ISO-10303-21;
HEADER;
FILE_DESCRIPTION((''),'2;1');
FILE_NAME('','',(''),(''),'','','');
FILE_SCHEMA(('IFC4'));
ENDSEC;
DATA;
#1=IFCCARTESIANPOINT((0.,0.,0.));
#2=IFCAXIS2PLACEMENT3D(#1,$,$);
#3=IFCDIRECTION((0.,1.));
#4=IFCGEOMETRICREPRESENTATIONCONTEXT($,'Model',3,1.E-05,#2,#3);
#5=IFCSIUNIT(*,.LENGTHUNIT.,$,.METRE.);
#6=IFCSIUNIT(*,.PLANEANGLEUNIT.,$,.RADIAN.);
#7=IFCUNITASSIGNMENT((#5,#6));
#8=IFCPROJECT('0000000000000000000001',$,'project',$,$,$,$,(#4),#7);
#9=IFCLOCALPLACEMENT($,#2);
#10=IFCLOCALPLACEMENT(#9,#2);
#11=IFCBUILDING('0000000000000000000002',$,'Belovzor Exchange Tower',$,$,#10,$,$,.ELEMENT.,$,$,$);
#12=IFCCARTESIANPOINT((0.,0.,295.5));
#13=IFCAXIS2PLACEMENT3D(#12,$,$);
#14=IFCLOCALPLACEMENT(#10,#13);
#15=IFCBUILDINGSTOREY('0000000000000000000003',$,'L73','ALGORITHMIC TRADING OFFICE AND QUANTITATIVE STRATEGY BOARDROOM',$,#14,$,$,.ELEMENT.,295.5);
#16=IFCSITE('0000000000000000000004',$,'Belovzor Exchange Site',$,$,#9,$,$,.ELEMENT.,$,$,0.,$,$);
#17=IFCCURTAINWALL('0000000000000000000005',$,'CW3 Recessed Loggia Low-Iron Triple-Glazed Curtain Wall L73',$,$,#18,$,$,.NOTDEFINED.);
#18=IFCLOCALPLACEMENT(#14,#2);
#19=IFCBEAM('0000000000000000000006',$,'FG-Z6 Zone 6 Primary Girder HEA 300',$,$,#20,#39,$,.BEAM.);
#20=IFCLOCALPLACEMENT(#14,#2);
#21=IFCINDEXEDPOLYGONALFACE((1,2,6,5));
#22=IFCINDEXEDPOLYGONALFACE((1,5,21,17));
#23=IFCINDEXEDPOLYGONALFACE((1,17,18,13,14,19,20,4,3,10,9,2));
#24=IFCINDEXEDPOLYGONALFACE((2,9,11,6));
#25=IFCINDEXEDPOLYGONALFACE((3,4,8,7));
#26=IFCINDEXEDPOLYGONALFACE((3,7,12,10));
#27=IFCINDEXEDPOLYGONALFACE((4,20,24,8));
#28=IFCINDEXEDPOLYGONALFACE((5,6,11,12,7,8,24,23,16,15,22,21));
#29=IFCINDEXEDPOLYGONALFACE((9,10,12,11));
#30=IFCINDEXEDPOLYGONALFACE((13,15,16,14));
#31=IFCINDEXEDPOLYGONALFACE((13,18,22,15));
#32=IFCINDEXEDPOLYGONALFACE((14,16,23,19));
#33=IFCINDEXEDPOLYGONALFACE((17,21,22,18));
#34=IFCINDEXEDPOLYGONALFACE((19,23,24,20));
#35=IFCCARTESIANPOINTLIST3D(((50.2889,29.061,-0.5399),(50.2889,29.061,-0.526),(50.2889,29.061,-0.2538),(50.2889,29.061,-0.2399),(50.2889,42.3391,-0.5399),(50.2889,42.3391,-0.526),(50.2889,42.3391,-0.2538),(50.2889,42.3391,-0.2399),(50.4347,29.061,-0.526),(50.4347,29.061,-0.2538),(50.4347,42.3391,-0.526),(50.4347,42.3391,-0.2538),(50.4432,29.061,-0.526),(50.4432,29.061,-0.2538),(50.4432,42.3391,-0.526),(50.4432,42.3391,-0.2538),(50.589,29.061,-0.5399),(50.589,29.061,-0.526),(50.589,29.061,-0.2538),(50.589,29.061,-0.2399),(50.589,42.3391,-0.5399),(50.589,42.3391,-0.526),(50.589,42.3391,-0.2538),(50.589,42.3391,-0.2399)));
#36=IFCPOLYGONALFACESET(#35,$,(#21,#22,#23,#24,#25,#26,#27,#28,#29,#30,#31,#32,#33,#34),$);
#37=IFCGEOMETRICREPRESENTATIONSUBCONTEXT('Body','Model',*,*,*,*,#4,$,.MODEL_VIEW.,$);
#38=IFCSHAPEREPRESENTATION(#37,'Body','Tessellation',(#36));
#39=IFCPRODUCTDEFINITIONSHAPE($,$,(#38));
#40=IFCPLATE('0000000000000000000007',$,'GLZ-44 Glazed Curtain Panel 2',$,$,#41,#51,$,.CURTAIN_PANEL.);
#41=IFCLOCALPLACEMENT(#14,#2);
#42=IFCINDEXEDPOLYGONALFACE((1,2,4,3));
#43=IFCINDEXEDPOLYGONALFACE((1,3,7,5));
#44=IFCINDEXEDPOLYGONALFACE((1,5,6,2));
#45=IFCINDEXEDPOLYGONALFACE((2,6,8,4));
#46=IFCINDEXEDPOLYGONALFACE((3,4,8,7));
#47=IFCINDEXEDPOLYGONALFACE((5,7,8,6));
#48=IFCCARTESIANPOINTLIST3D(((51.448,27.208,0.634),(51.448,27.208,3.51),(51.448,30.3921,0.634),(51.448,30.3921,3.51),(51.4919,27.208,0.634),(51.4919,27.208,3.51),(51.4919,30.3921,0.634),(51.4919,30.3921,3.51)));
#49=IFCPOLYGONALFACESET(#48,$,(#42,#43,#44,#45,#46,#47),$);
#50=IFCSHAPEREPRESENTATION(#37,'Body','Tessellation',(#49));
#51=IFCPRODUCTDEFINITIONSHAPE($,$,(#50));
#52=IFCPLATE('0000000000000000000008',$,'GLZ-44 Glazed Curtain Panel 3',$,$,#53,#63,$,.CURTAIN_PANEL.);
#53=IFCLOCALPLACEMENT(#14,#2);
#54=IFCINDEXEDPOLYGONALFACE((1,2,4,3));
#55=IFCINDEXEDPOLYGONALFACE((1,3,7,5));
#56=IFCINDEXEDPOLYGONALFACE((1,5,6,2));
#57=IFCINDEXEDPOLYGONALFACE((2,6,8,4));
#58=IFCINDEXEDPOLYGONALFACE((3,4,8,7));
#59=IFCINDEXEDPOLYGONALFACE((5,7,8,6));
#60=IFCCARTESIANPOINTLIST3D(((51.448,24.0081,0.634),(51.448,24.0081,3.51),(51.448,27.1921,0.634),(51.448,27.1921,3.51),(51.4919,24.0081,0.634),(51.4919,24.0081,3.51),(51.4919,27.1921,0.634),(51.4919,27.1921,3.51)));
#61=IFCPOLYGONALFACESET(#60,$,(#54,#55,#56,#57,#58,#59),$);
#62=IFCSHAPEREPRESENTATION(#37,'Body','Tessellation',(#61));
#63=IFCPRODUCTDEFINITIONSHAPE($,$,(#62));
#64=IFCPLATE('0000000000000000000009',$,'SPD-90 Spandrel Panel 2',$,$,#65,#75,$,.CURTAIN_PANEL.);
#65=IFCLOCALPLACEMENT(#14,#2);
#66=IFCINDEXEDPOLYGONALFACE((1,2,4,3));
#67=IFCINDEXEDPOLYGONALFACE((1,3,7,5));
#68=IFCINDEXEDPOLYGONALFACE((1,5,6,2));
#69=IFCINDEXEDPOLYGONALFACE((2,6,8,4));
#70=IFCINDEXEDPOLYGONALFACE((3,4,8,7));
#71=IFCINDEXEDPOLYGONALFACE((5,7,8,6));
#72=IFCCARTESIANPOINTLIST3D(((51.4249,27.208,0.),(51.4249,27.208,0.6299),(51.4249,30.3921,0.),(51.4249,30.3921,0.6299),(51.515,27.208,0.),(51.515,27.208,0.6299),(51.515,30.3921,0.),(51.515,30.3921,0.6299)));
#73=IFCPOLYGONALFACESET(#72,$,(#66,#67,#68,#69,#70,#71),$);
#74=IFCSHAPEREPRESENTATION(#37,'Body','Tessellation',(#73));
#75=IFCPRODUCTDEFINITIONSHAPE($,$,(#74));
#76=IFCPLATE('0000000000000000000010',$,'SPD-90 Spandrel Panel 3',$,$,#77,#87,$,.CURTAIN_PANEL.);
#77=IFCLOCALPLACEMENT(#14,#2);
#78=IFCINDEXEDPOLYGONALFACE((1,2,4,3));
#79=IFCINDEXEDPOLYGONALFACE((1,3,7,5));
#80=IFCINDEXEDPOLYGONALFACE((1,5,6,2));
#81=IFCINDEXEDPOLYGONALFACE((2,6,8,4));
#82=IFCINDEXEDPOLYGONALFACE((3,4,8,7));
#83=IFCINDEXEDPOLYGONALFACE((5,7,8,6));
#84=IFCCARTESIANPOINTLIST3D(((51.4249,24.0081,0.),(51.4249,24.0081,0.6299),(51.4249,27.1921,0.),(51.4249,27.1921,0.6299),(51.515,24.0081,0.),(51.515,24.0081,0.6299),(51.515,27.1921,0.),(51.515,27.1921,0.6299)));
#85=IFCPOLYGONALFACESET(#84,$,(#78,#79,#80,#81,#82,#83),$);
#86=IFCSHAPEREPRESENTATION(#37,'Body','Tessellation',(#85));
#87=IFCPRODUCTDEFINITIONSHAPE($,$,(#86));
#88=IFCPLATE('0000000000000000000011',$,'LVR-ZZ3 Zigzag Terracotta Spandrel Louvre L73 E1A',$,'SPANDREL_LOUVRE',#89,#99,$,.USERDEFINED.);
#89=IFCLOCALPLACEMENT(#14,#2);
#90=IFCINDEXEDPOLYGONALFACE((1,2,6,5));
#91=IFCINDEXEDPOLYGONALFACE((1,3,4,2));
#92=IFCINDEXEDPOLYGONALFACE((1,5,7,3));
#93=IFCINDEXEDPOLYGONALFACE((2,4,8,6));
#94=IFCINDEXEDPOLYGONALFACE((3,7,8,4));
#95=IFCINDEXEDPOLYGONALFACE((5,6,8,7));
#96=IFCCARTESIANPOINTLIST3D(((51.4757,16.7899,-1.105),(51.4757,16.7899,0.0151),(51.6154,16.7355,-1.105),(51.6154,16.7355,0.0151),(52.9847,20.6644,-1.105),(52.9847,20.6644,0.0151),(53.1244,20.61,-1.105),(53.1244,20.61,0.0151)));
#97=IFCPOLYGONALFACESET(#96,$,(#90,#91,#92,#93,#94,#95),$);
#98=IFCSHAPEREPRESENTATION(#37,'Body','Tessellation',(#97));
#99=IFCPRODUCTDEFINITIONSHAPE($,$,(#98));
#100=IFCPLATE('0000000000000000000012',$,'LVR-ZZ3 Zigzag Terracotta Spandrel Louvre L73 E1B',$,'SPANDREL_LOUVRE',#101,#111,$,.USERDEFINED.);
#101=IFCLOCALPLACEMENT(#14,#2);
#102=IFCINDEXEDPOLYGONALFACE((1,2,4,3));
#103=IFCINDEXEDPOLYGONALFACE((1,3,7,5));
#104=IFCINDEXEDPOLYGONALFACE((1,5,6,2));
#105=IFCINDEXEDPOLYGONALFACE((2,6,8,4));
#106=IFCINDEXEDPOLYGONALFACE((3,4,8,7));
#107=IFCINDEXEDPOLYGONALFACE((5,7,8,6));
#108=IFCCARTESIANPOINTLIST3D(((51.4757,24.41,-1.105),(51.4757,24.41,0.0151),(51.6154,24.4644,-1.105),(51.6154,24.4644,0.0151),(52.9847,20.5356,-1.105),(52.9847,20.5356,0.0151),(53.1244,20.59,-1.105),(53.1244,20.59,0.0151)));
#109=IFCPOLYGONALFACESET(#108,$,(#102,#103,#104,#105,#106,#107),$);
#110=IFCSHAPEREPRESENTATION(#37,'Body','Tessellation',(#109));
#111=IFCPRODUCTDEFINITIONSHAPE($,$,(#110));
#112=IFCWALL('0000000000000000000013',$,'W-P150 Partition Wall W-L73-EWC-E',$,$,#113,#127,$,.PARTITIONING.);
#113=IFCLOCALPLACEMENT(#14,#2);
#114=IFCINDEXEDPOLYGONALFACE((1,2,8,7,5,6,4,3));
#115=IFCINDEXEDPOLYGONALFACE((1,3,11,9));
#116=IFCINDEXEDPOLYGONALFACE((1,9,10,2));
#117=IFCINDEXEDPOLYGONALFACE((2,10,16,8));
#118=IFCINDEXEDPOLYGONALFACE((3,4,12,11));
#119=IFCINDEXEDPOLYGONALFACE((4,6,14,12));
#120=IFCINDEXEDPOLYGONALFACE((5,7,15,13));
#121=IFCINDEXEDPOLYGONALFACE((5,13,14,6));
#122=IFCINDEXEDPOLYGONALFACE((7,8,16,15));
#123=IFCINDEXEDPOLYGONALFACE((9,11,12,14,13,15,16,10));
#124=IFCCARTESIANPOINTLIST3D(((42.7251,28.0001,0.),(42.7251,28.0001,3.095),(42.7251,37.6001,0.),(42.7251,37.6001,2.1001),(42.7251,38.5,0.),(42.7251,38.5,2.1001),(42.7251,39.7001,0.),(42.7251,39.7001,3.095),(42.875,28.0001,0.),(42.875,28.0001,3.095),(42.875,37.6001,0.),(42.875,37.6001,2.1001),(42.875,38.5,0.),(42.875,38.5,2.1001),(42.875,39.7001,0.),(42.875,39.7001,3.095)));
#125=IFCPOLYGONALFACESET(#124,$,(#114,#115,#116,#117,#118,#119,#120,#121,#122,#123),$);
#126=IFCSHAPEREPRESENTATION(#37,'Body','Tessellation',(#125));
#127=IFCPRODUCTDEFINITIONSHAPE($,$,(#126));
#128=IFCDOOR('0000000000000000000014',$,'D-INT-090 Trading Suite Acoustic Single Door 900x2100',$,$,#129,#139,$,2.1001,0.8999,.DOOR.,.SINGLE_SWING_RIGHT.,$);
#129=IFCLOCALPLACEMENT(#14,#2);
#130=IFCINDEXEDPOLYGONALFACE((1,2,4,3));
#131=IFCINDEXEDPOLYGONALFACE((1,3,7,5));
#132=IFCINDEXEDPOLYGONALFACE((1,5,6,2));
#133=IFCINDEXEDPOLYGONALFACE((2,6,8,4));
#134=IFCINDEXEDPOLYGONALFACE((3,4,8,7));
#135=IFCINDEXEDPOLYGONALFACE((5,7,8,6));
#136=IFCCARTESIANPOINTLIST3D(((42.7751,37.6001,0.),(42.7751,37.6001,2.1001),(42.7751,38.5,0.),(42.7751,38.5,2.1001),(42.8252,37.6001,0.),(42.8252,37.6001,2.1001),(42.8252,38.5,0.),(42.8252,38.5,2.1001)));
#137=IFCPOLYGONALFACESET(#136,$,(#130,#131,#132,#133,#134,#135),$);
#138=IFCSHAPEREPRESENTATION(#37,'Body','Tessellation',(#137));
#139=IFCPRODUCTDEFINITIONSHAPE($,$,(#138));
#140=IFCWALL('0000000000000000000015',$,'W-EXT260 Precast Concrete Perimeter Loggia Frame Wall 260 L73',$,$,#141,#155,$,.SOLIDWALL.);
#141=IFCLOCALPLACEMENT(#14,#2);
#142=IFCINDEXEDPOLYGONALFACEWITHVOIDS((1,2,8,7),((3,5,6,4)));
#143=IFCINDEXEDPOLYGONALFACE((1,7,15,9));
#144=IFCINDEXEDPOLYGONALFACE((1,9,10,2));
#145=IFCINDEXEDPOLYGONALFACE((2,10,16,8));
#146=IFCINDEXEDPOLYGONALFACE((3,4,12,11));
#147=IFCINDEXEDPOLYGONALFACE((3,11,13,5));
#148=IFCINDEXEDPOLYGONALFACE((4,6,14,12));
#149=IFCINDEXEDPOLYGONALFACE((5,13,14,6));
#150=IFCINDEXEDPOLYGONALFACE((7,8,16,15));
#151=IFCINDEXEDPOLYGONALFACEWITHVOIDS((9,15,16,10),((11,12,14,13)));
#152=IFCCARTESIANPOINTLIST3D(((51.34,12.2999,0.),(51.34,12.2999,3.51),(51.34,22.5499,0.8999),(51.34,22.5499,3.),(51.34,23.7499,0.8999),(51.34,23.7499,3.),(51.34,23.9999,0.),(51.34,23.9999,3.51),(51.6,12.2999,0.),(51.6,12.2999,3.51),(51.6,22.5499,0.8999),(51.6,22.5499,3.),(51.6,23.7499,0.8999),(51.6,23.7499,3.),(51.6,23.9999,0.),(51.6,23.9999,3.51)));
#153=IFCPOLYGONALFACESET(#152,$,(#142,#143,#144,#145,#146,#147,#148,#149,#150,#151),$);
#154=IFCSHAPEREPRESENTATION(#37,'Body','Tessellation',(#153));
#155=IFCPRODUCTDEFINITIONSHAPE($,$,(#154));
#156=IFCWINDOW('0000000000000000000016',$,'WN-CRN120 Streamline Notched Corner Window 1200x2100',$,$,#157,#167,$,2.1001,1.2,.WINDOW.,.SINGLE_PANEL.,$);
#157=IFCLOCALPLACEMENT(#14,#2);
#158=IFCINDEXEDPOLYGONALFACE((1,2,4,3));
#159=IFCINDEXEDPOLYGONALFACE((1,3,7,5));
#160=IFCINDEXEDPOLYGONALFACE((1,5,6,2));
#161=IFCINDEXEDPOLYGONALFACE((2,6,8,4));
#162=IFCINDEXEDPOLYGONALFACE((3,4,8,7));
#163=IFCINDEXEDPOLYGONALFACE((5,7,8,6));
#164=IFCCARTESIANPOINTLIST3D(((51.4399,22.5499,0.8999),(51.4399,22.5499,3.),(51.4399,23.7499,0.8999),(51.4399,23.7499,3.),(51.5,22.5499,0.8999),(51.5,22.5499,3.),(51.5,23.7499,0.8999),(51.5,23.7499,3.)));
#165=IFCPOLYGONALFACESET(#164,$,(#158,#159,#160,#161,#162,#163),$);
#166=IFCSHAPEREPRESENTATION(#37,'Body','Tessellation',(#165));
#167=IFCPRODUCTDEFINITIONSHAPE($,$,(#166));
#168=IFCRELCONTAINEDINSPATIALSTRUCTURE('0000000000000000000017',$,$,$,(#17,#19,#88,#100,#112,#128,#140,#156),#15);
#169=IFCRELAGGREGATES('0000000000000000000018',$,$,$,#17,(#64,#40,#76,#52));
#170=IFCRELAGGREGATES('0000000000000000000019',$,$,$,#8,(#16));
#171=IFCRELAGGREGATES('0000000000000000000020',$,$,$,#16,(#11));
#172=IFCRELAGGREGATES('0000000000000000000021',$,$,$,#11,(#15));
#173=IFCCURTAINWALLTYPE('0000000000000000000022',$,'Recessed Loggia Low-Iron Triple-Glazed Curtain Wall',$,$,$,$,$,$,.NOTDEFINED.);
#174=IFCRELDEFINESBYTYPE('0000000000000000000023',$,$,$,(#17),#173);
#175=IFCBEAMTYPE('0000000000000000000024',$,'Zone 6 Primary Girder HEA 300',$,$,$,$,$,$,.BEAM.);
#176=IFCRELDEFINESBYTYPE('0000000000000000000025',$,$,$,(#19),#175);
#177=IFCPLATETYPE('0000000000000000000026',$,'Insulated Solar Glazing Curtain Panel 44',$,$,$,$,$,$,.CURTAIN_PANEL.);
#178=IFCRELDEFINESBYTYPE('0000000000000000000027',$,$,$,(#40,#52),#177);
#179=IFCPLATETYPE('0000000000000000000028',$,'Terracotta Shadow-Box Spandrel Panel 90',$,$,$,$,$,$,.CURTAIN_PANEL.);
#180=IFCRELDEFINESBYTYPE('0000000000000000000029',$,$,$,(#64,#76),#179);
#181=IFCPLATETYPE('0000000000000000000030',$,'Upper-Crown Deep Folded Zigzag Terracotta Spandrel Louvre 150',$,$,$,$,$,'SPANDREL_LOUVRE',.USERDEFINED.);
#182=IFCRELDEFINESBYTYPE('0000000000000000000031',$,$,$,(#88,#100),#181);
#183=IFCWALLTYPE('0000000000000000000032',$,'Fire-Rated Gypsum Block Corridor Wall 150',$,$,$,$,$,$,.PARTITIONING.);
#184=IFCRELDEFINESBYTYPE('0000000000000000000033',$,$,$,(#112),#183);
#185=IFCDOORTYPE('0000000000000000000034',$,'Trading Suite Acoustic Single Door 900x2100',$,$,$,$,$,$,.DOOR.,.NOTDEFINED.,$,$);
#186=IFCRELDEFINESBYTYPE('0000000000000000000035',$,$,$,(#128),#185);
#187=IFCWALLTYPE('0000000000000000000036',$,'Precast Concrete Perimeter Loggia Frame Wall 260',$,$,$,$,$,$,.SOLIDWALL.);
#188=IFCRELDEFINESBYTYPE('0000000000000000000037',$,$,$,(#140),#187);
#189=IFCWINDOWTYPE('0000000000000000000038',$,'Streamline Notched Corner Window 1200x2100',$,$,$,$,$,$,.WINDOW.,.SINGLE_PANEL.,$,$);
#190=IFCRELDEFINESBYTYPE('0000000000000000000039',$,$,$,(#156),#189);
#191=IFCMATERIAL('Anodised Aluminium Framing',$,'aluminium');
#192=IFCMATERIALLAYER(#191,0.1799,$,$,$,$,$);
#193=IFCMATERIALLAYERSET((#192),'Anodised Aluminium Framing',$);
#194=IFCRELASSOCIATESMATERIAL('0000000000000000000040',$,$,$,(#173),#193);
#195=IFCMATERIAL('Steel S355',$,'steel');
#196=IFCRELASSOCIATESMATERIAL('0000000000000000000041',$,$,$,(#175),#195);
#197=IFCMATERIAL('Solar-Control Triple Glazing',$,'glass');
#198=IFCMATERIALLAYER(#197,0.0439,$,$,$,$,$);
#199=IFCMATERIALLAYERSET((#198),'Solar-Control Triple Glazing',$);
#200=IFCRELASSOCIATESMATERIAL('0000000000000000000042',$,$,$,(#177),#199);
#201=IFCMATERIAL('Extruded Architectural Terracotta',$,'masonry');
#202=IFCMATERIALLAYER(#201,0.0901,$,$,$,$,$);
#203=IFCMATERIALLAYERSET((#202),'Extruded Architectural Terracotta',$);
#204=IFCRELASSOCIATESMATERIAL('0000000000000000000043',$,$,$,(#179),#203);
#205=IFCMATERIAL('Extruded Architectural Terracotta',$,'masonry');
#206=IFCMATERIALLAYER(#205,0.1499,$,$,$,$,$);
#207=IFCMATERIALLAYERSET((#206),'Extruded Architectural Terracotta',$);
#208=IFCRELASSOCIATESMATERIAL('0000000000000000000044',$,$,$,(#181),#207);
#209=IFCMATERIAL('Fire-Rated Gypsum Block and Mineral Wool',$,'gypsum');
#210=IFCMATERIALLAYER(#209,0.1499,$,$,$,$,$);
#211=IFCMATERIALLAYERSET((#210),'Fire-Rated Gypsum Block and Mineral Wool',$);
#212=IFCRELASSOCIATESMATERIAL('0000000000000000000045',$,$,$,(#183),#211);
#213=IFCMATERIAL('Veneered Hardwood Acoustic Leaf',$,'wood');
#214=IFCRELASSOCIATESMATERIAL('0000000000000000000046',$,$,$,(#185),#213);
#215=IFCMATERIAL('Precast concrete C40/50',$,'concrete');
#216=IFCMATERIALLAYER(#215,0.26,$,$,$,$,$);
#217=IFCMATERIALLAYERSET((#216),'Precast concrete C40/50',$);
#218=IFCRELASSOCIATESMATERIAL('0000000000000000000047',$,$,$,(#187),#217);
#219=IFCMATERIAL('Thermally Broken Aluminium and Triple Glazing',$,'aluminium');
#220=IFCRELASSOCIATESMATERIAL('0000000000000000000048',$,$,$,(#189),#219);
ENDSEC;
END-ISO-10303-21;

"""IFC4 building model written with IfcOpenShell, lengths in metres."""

from ifc_helpers import new_model, si_unit, direction, frame, frame_2d, origin, origin_2d, place, context, subcontext, project, spatial, rectangle, i_section, extrude, material, layer, layer_set, material_profile, profile_set, type_object, element, fill, aggregate, save


model = new_model("IFC4")

# Units and contexts
model_context = context("Model", 3, precision=1e-05, world=origin(), true_north=direction((0.0, 1.0)))
body_context = subcontext(model_context, "Body", "Model", "MODEL_VIEW")
ifc_project = project(units=[si_unit("LENGTHUNIT", "METRE"), si_unit("PLANEANGLEUNIT", "RADIAN")], contexts=[model_context])

# Site, building, storey
site_placement = place(None, origin())
site = spatial("IfcSite", under=ifc_project, at=site_placement, Name="Belovzor Exchange Site", CompositionType="ELEMENT", RefElevation=0.0)
building_placement = place(site_placement, origin())
building = spatial("IfcBuilding", under=site, at=building_placement, Name="Belovzor Exchange Tower", CompositionType="ELEMENT")
storey_placement = place(building_placement, frame((0.0, 0.0, 295.5)))
storey = spatial("IfcBuildingStorey", under=building, at=storey_placement, Name="L73", Description="ALGORITHMIC TRADING OFFICE AND QUANTITATIVE STRATEGY BOARDROOM", CompositionType="ELEMENT", Elevation=295.5)

# Curtain wall
ifc_material_1 = material(Name="Anodised Aluminium Framing", Category="aluminium")
ifc_layer_1 = layer(ifc_material_1, 0.1799)
ifc_layer_set_1 = layer_set([ifc_layer_1], Name="Anodised Aluminium Framing")
curtain_wall_type = type_object("IfcCurtainWallType", Name="Recessed Loggia Low-Iron Triple-Glazed Curtain Wall", PredefinedType="NOTDEFINED", material=ifc_layer_set_1)
curtain_wall_placement = place(storey_placement, origin())
curtain_wall = element("IfcCurtainWall", 1, at=curtain_wall_placement, inside=storey, type_object=curtain_wall_type, Name="CW3 Recessed Loggia Low-Iron Triple-Glazed Curtain Wall L73", PredefinedType="NOTDEFINED")

# Beam
ifc_material_2 = material(Name="Steel S355", Category="steel")
ifc_material_profile_1 = material_profile(ifc_material_2, i_section(OverallWidth=0.3, OverallDepth=0.3, WebThickness=0.0085, FlangeThickness=0.0139, at=origin_2d()))
ifc_profile_set_1 = profile_set([ifc_material_profile_1], Name="Steel S355")
beam_type_1 = type_object("IfcBeamType", Name="Zone 6 Primary Girder HEA 300", PredefinedType="BEAM", material=ifc_profile_set_1)
for number, where, z_axis, x_axis, name in (
    (2, (50.439, 29.061, -0.3899), (0.0, 1.0, 0.0), (-1.0, 0.0, 0.0), "FG-Z6 Zone 6 Primary Girder HEA 300"),
):
    element("IfcBeam", number, at=place(storey_placement, frame(where, z_axis=z_axis, x_axis=x_axis)), inside=storey, type_object=beam_type_1, Name=name, PredefinedType="BEAM", context=body_context, shape_type="SweptSolid", body=[
        extrude(i_section(OverallWidth=0.3, OverallDepth=0.3, WebThickness=0.0085, FlangeThickness=0.0139, at=origin_2d()), origin(), (0.0, 0.0, 1.0), 13.2781),
    ])

# Plates
ifc_material_3 = material(Name="Solar-Control Triple Glazing", Category="glass")
ifc_layer_2 = layer(ifc_material_3, 0.0439)
ifc_layer_set_2 = layer_set([ifc_layer_2], Name="Solar-Control Triple Glazing")
plate_type_1 = type_object("IfcPlateType", Name="Insulated Solar Glazing Curtain Panel 44", PredefinedType="CURTAIN_PANEL", material=ifc_layer_set_2)
plate_1_placement = place(storey_placement, frame((51.47, 28.8, 0.634), z_axis=(0.0, 0.0, 1.0), x_axis=(0.0, -1.0, 0.0)))
plate_1 = element("IfcPlate", 3, at=plate_1_placement, type_object=plate_type_1, Name="GLZ-44 Glazed Curtain Panel 2", PredefinedType="CURTAIN_PANEL", context=body_context, shape_type="SweptSolid", body=[
    extrude(rectangle(XDim=3.1841, YDim=0.0439, at=origin_2d()), origin(), (0.0, 0.0, 1.0), 2.876),
])
plate_2_placement = place(storey_placement, frame((51.47, 25.6001, 0.634), z_axis=(0.0, 0.0, 1.0), x_axis=(0.0, -1.0, 0.0)))
plate_2 = element("IfcPlate", 4, at=plate_2_placement, type_object=plate_type_1, Name="GLZ-44 Glazed Curtain Panel 3", PredefinedType="CURTAIN_PANEL", context=body_context, shape_type="SweptSolid", body=[
    extrude(rectangle(XDim=3.1841, YDim=0.0439, at=origin_2d()), origin(), (0.0, 0.0, 1.0), 2.876),
])
ifc_material_4 = material(Name="Extruded Architectural Terracotta", Category="masonry")
ifc_layer_3 = layer(ifc_material_4, 0.0901)
ifc_layer_set_3 = layer_set([ifc_layer_3], Name="Extruded Architectural Terracotta")
plate_type_2 = type_object("IfcPlateType", Name="Terracotta Shadow-Box Spandrel Panel 90", PredefinedType="CURTAIN_PANEL", material=ifc_layer_set_3)
plate_3_placement = place(storey_placement, frame((51.47, 28.8, 0.0), z_axis=(0.0, 0.0, 1.0), x_axis=(0.0, -1.0, 0.0)))
plate_3 = element("IfcPlate", 5, at=plate_3_placement, type_object=plate_type_2, Name="SPD-90 Spandrel Panel 2", PredefinedType="CURTAIN_PANEL", context=body_context, shape_type="SweptSolid", body=[
    extrude(rectangle(XDim=3.1841, YDim=0.0901, at=origin_2d()), origin(), (0.0, 0.0, 1.0), 0.6299),
])
plate_4_placement = place(storey_placement, frame((51.47, 25.6001, 0.0), z_axis=(0.0, 0.0, 1.0), x_axis=(0.0, -1.0, 0.0)))
plate_4 = element("IfcPlate", 6, at=plate_4_placement, type_object=plate_type_2, Name="SPD-90 Spandrel Panel 3", PredefinedType="CURTAIN_PANEL", context=body_context, shape_type="SweptSolid", body=[
    extrude(rectangle(XDim=3.1841, YDim=0.0901, at=origin_2d()), origin(), (0.0, 0.0, 1.0), 0.6299),
])
aggregate(curtain_wall, [plate_3, plate_1, plate_4, plate_2])

# Plates
ifc_material_5 = material(Name="Extruded Architectural Terracotta", Category="masonry")
ifc_layer_4 = layer(ifc_material_5, 0.1499)
ifc_layer_set_4 = layer_set([ifc_layer_4], Name="Extruded Architectural Terracotta")
plate_type_3 = type_object("IfcPlateType", Name="Upper-Crown Deep Folded Zigzag Terracotta Spandrel Louvre 150", ElementType="SPANDREL_LOUVRE", PredefinedType="USERDEFINED", material=ifc_layer_set_4)
for number, where, z_axis, x_axis, name in (
    (7, (52.3, 18.7, -1.105), (0.0, 0.0, 1.0), (0.362926, 0.931818, 0.0), "LVR-ZZ3 Zigzag Terracotta Spandrel Louvre L73 E1A"),
    (8, (52.3, 22.5, -1.105), (0.0, 0.0, 1.0), (-0.362926, 0.931818, 0.0), "LVR-ZZ3 Zigzag Terracotta Spandrel Louvre L73 E1B"),
):
    element("IfcPlate", number, at=place(storey_placement, frame(where, z_axis=z_axis, x_axis=x_axis)), inside=storey, type_object=plate_type_3, Name=name, ObjectType="SPANDREL_LOUVRE", PredefinedType="USERDEFINED", context=body_context, shape_type="SweptSolid", body=[
        extrude(rectangle(XDim=4.158, YDim=0.1499, at=origin_2d()), origin(), (0.0, 0.0, 1.0), 1.1201),
    ])

# Wall, opening, door
ifc_material_6 = material(Name="Fire-Rated Gypsum Block and Mineral Wool", Category="gypsum")
ifc_layer_5 = layer(ifc_material_6, 0.1499)
ifc_layer_set_5 = layer_set([ifc_layer_5], Name="Fire-Rated Gypsum Block and Mineral Wool")
wall_type_1 = type_object("IfcWallType", Name="Fire-Rated Gypsum Block Corridor Wall 150", PredefinedType="PARTITIONING", material=ifc_layer_set_5)
wall_1_placement = place(storey_placement, frame((42.8, 28.0, 0.0), z_axis=(0.0, 0.0, 1.0), x_axis=(0.0, 1.0, 0.0)))
wall_1 = element("IfcWall", 9, at=wall_1_placement, inside=storey, type_object=wall_type_1, Name="W-P150 Partition Wall W-L73-EWC-E", PredefinedType="PARTITIONING", context=body_context, shape_type="SweptSolid", body=[
    extrude(rectangle(XDim=11.7, YDim=0.1499, at=frame_2d((5.8501, 0.0))), origin(), (0.0, 0.0, 1.0), 3.095),
])
opening_1_placement = place(wall_1_placement, frame((9.6001, 0.0, 0.0)))
opening_1 = element("IfcOpeningElement", 10, at=opening_1_placement, cuts=wall_1, PredefinedType="OPENING", context=body_context, shape_type="SweptSolid", body=[
    extrude(rectangle(XDim=0.8999, YDim=2.1001, at=frame_2d((0.45, 1.05))), frame((0.0, 0.085, 0.0), z_axis=(0.0, -1.0, 0.0), x_axis=(1.0, 0.0, 0.0)), (0.0, 0.0, 1.0), 0.1699),
])
ifc_material_7 = material(Name="Veneered Hardwood Acoustic Leaf", Category="wood")
door_type = type_object("IfcDoorType", Name="Trading Suite Acoustic Single Door 900x2100", OperationType="NOTDEFINED", PredefinedType="DOOR", material=ifc_material_7)
door_placement = place(opening_1_placement, origin())
door = element("IfcDoor", 11, at=door_placement, inside=storey, type_object=door_type, Name="D-INT-090 Trading Suite Acoustic Single Door 900x2100", OperationType="SINGLE_SWING_RIGHT", OverallHeight=2.1001, OverallWidth=0.8999, PredefinedType="DOOR", context=body_context, shape_type="SweptSolid", body=[
    extrude(rectangle(XDim=0.8999, YDim=2.1001, at=frame_2d((0.45, 1.05))), frame((0.0, 0.0249, 0.0), z_axis=(0.0, -1.0, 0.0), x_axis=(1.0, 0.0, 0.0)), (0.0, 0.0, 1.0), 0.05),
])
fill(opening_1, door)

# Wall, opening, window
ifc_material_8 = material(Name="Precast concrete C40/50", Category="concrete")
ifc_layer_6 = layer(ifc_material_8, 0.26)
ifc_layer_set_6 = layer_set([ifc_layer_6], Name="Precast concrete C40/50")
wall_type_2 = type_object("IfcWallType", Name="Precast Concrete Perimeter Loggia Frame Wall 260", PredefinedType="SOLIDWALL", material=ifc_layer_set_6)
wall_2_placement = place(storey_placement, frame((51.47, 24.0, 0.0), z_axis=(0.0, 0.0, 1.0), x_axis=(0.0, -1.0, 0.0)))
wall_2 = element("IfcWall", 12, at=wall_2_placement, inside=storey, type_object=wall_type_2, Name="W-EXT260 Precast Concrete Perimeter Loggia Frame Wall 260 L73", PredefinedType="SOLIDWALL", context=body_context, shape_type="SweptSolid", body=[
    extrude(rectangle(XDim=11.7, YDim=0.26, at=frame_2d((5.8501, 0.0))), origin(), (0.0, 0.0, 1.0), 3.51),
])
opening_2_placement = place(wall_2_placement, frame((0.25, 0.0, 0.8999)))
opening_2 = element("IfcOpeningElement", 13, at=opening_2_placement, cuts=wall_2, PredefinedType="OPENING", context=body_context, shape_type="SweptSolid", body=[
    extrude(rectangle(XDim=1.2, YDim=2.1001, at=frame_2d((0.6001, 1.05))), frame((0.0, 0.1399, 0.0), z_axis=(0.0, -1.0, 0.0), x_axis=(1.0, 0.0, 0.0)), (0.0, 0.0, 1.0), 0.28),
])
ifc_material_9 = material(Name="Thermally Broken Aluminium and Triple Glazing", Category="aluminium")
window_type = type_object("IfcWindowType", Name="Streamline Notched Corner Window 1200x2100", PartitioningType="SINGLE_PANEL", PredefinedType="WINDOW", material=ifc_material_9)
window_placement = place(opening_2_placement, origin())
window = element("IfcWindow", 14, at=window_placement, inside=storey, type_object=window_type, Name="WN-CRN120 Streamline Notched Corner Window 1200x2100", OverallHeight=2.1001, OverallWidth=1.2, PartitioningType="SINGLE_PANEL", PredefinedType="WINDOW", context=body_context, shape_type="SweptSolid", body=[
    extrude(rectangle(XDim=1.2, YDim=2.1001, at=frame_2d((0.6001, 1.05))), frame((0.0, 0.03, 0.0), z_axis=(0.0, -1.0, 0.0), x_axis=(1.0, 0.0, 0.0)), (0.0, 0.0, 1.0), 0.0601),
])
fill(opening_2, window)

save(model, "model.ifc")
